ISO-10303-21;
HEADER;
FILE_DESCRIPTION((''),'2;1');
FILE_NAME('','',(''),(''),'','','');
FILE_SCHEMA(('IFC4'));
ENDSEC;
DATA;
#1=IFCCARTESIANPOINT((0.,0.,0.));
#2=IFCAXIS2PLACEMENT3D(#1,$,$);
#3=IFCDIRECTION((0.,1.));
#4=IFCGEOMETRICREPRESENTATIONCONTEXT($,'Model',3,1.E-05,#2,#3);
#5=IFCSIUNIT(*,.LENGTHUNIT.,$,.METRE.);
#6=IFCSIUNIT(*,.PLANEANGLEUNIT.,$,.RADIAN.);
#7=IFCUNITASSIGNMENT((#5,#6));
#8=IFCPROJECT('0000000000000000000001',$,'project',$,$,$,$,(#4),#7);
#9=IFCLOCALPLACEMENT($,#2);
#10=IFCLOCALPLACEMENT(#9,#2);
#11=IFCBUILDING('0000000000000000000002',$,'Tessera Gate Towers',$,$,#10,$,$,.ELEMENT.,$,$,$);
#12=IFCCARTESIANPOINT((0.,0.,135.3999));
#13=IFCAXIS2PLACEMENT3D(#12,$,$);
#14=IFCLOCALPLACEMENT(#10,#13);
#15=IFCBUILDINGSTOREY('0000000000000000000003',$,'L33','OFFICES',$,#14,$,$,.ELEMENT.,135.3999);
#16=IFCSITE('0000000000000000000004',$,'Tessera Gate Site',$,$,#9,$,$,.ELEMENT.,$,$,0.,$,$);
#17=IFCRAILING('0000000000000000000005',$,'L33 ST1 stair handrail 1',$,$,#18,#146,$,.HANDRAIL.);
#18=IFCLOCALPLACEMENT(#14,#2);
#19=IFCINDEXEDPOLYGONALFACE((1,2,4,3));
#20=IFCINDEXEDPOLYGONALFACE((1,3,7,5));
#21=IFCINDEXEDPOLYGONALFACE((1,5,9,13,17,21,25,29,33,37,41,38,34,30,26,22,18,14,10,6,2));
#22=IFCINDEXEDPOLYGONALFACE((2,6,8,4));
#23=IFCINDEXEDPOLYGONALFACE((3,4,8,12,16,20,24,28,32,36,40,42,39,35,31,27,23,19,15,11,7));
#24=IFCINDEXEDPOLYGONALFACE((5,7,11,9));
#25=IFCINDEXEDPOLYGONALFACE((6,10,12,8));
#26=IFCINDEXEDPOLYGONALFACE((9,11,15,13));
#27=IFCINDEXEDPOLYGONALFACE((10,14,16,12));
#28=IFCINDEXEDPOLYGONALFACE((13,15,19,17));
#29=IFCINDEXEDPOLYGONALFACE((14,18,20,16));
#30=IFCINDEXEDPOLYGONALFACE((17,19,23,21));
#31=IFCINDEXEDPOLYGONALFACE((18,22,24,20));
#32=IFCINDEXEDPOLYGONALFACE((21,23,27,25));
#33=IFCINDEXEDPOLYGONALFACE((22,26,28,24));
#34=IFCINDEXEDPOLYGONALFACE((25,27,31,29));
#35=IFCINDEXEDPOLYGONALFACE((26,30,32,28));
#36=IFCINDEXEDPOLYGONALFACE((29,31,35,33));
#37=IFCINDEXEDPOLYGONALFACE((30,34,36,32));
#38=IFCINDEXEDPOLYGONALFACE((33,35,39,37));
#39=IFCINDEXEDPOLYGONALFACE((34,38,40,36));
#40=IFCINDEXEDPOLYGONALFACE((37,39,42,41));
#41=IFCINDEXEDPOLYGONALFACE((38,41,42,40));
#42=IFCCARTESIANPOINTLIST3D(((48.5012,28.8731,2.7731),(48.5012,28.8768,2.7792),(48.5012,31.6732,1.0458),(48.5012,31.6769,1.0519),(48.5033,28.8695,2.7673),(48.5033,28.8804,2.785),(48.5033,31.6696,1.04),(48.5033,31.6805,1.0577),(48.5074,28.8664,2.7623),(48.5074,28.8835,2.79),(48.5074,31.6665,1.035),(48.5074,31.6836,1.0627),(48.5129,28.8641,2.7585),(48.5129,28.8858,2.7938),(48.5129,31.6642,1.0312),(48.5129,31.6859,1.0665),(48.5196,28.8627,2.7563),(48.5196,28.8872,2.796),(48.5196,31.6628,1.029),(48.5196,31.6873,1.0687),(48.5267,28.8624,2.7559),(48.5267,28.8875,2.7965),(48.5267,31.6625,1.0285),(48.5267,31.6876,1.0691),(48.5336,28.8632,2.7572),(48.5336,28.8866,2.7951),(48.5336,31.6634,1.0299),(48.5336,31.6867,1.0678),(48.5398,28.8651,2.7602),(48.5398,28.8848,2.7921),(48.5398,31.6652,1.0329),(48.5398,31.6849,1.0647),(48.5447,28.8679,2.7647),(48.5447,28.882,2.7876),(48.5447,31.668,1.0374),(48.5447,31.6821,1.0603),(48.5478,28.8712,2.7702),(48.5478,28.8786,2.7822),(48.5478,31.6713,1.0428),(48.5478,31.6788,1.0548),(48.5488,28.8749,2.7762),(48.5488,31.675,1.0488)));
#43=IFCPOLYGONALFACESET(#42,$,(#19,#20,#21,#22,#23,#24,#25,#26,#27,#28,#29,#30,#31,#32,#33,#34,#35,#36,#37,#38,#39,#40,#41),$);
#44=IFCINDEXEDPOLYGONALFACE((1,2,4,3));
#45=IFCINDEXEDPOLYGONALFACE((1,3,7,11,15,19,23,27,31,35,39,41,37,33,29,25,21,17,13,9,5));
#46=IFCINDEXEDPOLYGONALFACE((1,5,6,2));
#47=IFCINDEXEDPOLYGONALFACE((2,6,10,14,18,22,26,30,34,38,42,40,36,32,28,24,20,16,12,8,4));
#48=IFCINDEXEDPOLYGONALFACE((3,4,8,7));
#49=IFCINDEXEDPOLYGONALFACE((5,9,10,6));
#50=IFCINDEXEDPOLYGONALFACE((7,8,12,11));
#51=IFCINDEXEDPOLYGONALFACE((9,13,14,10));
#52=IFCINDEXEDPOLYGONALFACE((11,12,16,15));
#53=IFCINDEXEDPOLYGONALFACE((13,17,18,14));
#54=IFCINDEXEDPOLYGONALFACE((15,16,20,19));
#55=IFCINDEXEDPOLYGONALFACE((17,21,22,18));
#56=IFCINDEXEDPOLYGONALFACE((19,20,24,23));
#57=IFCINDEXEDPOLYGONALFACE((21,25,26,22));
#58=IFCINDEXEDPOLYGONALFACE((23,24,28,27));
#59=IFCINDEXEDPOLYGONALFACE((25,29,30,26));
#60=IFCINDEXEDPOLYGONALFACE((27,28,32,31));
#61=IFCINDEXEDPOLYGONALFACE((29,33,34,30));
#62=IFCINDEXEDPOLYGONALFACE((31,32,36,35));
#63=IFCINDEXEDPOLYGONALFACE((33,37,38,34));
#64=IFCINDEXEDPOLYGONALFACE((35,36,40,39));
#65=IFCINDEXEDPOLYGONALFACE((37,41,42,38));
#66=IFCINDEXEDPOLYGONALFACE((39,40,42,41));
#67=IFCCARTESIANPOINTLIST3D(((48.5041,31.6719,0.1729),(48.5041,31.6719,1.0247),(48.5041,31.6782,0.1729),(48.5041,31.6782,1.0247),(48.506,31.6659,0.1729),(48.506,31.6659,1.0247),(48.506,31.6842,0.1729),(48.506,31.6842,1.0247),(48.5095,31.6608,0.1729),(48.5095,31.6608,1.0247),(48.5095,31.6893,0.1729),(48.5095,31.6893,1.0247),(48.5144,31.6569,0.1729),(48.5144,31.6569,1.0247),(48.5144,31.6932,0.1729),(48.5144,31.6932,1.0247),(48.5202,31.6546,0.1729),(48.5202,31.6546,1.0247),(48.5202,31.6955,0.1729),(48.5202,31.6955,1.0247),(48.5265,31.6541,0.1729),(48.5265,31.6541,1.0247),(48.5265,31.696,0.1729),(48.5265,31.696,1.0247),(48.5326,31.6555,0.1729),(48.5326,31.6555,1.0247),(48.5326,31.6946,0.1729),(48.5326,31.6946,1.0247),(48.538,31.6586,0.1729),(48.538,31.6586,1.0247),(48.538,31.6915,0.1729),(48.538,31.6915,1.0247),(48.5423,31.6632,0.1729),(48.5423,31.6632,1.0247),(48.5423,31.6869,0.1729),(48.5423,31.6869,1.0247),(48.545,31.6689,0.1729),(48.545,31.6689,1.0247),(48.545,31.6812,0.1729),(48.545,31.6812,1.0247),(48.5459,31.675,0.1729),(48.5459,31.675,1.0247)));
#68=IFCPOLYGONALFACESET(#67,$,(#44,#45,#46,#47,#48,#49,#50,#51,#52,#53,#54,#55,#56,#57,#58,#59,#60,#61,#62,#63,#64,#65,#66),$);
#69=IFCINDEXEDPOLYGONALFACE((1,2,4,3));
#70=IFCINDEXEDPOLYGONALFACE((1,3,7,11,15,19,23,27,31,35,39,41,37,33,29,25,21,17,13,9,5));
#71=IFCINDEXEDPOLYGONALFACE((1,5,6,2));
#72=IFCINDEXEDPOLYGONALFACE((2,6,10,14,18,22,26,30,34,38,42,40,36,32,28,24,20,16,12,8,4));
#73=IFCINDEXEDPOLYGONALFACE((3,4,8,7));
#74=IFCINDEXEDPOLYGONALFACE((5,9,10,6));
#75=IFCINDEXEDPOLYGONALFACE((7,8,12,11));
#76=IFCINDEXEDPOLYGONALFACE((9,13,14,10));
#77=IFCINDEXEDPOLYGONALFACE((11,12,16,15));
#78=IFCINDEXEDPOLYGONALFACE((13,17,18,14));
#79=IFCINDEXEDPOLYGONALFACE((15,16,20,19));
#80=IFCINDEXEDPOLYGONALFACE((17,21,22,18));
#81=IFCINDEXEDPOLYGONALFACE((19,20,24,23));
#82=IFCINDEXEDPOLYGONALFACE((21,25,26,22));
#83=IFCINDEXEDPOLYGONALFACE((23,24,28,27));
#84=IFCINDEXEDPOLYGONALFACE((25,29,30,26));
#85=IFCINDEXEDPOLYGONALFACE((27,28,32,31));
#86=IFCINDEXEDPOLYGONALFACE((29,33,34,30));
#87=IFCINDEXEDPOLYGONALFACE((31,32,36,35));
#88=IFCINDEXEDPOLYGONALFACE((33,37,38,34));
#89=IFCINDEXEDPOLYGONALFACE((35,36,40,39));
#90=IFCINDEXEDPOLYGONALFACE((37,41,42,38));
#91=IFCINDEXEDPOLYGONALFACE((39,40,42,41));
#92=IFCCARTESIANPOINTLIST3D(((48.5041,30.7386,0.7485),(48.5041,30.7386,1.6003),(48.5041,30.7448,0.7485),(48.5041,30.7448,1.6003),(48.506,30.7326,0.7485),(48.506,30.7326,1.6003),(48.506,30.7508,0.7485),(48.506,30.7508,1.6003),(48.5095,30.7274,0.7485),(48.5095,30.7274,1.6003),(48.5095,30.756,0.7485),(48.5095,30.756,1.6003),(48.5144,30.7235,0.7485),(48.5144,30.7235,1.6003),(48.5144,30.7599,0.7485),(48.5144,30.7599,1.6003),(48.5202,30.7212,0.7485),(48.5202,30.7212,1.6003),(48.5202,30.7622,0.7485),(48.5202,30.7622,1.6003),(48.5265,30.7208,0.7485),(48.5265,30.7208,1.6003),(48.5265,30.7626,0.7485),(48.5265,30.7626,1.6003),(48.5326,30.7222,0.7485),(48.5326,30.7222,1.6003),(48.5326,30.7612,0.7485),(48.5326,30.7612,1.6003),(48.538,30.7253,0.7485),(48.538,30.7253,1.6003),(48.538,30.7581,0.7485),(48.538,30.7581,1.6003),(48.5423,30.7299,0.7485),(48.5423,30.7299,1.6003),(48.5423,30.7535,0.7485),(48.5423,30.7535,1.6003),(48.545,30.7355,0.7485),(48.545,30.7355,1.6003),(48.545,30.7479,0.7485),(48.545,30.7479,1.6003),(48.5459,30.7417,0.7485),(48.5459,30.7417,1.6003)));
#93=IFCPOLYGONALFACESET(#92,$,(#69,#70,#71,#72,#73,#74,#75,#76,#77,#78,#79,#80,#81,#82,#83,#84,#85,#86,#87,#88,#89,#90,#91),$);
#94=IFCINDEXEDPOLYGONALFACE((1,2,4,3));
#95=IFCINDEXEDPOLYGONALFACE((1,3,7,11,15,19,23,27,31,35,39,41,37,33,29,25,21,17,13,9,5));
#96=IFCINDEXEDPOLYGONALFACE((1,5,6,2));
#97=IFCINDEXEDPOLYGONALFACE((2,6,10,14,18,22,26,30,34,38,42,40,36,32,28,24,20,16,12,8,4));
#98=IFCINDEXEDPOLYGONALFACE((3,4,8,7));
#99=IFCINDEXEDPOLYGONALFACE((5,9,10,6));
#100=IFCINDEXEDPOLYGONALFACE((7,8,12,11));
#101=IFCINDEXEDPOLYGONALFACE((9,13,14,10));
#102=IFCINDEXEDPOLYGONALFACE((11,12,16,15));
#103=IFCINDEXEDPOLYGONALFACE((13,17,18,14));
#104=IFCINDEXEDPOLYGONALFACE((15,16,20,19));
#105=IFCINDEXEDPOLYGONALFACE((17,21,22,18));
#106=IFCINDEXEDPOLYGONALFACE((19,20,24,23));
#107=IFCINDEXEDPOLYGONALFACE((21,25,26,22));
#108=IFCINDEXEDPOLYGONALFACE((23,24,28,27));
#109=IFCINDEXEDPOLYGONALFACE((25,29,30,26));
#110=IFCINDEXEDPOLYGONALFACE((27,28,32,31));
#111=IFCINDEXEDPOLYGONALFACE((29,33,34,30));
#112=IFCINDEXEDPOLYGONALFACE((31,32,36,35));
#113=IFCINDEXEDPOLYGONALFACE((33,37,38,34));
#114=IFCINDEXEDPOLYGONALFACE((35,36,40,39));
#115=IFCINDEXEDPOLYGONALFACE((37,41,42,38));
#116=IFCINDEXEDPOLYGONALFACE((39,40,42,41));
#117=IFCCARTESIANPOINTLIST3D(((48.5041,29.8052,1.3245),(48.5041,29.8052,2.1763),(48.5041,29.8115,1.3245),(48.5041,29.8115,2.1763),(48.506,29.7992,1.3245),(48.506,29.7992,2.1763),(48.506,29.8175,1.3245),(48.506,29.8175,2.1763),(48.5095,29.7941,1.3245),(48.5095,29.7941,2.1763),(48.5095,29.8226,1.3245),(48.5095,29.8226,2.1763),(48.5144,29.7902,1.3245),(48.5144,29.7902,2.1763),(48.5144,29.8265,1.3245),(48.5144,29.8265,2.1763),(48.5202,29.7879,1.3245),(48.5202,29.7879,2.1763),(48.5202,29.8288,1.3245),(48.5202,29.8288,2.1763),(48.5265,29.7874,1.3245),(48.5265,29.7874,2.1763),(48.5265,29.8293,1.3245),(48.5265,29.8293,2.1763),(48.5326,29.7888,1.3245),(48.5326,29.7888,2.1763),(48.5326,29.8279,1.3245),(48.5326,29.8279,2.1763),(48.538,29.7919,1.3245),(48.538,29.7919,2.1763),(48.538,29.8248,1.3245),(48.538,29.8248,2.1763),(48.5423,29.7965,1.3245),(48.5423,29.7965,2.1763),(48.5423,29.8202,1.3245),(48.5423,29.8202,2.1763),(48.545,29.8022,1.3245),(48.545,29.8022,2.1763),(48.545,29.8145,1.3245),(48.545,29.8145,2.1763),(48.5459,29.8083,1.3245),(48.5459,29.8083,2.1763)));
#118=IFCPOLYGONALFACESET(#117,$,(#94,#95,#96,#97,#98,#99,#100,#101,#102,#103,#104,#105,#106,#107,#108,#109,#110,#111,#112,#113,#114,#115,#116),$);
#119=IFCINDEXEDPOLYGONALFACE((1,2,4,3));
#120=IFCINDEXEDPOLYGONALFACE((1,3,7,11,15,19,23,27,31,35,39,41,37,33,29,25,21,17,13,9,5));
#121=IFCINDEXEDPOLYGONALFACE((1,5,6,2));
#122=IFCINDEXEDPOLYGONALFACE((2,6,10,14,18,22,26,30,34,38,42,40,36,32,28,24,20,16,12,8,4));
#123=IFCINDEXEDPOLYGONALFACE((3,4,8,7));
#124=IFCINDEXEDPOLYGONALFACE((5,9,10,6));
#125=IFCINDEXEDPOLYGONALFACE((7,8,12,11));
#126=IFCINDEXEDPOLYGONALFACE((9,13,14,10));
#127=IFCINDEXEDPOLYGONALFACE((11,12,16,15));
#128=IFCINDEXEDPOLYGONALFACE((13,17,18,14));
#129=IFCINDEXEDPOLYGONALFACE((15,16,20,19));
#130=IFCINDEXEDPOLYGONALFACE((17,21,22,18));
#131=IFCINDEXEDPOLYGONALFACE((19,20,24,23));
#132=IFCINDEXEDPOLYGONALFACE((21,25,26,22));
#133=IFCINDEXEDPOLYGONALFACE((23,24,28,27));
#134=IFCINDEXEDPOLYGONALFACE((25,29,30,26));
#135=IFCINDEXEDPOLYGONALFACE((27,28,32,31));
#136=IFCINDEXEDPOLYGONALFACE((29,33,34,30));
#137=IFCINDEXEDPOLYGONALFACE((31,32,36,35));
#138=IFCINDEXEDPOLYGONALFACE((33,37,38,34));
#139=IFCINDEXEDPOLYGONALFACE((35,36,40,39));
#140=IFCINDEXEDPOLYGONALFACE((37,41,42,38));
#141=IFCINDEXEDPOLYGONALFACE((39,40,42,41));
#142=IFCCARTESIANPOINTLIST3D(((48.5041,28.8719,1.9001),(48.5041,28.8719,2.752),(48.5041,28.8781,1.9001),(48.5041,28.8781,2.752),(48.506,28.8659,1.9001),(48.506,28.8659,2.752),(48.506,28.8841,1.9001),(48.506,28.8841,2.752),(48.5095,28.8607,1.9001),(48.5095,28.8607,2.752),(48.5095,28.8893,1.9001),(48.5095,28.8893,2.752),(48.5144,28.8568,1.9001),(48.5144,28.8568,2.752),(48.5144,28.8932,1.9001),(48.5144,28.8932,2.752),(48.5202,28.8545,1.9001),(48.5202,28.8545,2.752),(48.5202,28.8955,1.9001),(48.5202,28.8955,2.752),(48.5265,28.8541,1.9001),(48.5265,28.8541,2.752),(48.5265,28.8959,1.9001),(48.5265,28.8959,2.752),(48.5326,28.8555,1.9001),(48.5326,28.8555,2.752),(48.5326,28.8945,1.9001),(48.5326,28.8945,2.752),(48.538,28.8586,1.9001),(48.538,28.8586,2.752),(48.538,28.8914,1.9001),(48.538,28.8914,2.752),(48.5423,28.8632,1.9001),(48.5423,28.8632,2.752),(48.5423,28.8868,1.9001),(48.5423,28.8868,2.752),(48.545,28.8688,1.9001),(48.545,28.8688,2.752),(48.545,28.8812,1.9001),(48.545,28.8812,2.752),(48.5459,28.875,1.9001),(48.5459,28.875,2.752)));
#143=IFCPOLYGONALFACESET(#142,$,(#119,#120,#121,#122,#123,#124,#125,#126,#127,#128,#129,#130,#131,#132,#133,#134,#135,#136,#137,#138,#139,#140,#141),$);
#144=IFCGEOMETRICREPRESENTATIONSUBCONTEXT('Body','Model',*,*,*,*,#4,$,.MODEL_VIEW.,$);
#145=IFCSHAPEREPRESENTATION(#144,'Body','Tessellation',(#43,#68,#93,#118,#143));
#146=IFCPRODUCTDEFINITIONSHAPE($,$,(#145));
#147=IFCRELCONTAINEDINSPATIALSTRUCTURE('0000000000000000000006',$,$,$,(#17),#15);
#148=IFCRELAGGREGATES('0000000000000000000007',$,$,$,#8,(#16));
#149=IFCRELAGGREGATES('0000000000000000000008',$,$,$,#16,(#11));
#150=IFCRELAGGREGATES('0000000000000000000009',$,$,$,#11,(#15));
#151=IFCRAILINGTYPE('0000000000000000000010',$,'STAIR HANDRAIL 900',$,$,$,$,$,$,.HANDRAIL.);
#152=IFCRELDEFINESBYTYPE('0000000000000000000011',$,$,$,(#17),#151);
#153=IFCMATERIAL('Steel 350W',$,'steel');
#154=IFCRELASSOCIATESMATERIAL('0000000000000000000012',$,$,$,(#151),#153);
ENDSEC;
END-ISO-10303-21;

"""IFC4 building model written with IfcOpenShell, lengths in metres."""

from ifc_helpers import new_model, si_unit, direction, frame, origin, origin_2d, place, context, subcontext, project, spatial, circle, extrude, material, type_object, element, save


model = new_model("IFC4")

# Units and contexts
model_context = context("Model", 3, precision=1e-05, world=origin(), true_north=direction((0.0, 1.0)))
body_context = subcontext(model_context, "Body", "Model", "MODEL_VIEW")
ifc_project = project(units=[si_unit("LENGTHUNIT", "METRE"), si_unit("PLANEANGLEUNIT", "RADIAN")], contexts=[model_context])

# Site, building, storey
site_placement = place(None, origin())
site = spatial("IfcSite", under=ifc_project, at=site_placement, Name="Tessera Gate Site", CompositionType="ELEMENT", RefElevation=0.0)
building_placement = place(site_placement, origin())
building = spatial("IfcBuilding", under=site, at=building_placement, Name="Tessera Gate Towers", CompositionType="ELEMENT")
storey_placement = place(building_placement, frame((0.0, 0.0, 135.3999)))
storey = spatial("IfcBuildingStorey", under=building, at=storey_placement, Name="L33", Description="OFFICES", CompositionType="ELEMENT", Elevation=135.3999)

# Railing
ifc_material_1 = material(Name="Steel 350W", Category="steel")
railing_type_1 = type_object("IfcRailingType", Name="STAIR HANDRAIL 900", PredefinedType="HANDRAIL", material=ifc_material_1)
railing_1_placement = place(storey_placement, frame((48.5249, 31.675, 0.1729)))
element("IfcRailing", 1, at=railing_1_placement, inside=storey, type_object=railing_type_1, Name="L33 ST1 stair handrail 1", PredefinedType="HANDRAIL", context=body_context, shape_type="SweptSolid", body=[
    extrude(circle(Radius=0.0239, at=origin_2d()), frame((0.0, 0.0, 0.876), z_axis=(0.0, -0.85109, 0.52502), x_axis=(1.0, 0.0, 0.0)), (0.0, 0.0, 1.0), 3.29),
    extrude(circle(Radius=0.021, at=origin_2d()), origin(), (0.0, 0.0, 1.0), 0.8518),
    extrude(circle(Radius=0.021, at=origin_2d()), frame((0.0, -0.9333, 0.5757)), (0.0, 0.0, 1.0), 0.8518),
    extrude(circle(Radius=0.021, at=origin_2d()), frame((0.0, -1.8667, 1.1516)), (0.0, 0.0, 1.0), 0.8518),
    extrude(circle(Radius=0.021, at=origin_2d()), frame((0.0, -2.8, 1.7273)), (0.0, 0.0, 1.0), 0.8518),
])

save(model, "model.ifc")
